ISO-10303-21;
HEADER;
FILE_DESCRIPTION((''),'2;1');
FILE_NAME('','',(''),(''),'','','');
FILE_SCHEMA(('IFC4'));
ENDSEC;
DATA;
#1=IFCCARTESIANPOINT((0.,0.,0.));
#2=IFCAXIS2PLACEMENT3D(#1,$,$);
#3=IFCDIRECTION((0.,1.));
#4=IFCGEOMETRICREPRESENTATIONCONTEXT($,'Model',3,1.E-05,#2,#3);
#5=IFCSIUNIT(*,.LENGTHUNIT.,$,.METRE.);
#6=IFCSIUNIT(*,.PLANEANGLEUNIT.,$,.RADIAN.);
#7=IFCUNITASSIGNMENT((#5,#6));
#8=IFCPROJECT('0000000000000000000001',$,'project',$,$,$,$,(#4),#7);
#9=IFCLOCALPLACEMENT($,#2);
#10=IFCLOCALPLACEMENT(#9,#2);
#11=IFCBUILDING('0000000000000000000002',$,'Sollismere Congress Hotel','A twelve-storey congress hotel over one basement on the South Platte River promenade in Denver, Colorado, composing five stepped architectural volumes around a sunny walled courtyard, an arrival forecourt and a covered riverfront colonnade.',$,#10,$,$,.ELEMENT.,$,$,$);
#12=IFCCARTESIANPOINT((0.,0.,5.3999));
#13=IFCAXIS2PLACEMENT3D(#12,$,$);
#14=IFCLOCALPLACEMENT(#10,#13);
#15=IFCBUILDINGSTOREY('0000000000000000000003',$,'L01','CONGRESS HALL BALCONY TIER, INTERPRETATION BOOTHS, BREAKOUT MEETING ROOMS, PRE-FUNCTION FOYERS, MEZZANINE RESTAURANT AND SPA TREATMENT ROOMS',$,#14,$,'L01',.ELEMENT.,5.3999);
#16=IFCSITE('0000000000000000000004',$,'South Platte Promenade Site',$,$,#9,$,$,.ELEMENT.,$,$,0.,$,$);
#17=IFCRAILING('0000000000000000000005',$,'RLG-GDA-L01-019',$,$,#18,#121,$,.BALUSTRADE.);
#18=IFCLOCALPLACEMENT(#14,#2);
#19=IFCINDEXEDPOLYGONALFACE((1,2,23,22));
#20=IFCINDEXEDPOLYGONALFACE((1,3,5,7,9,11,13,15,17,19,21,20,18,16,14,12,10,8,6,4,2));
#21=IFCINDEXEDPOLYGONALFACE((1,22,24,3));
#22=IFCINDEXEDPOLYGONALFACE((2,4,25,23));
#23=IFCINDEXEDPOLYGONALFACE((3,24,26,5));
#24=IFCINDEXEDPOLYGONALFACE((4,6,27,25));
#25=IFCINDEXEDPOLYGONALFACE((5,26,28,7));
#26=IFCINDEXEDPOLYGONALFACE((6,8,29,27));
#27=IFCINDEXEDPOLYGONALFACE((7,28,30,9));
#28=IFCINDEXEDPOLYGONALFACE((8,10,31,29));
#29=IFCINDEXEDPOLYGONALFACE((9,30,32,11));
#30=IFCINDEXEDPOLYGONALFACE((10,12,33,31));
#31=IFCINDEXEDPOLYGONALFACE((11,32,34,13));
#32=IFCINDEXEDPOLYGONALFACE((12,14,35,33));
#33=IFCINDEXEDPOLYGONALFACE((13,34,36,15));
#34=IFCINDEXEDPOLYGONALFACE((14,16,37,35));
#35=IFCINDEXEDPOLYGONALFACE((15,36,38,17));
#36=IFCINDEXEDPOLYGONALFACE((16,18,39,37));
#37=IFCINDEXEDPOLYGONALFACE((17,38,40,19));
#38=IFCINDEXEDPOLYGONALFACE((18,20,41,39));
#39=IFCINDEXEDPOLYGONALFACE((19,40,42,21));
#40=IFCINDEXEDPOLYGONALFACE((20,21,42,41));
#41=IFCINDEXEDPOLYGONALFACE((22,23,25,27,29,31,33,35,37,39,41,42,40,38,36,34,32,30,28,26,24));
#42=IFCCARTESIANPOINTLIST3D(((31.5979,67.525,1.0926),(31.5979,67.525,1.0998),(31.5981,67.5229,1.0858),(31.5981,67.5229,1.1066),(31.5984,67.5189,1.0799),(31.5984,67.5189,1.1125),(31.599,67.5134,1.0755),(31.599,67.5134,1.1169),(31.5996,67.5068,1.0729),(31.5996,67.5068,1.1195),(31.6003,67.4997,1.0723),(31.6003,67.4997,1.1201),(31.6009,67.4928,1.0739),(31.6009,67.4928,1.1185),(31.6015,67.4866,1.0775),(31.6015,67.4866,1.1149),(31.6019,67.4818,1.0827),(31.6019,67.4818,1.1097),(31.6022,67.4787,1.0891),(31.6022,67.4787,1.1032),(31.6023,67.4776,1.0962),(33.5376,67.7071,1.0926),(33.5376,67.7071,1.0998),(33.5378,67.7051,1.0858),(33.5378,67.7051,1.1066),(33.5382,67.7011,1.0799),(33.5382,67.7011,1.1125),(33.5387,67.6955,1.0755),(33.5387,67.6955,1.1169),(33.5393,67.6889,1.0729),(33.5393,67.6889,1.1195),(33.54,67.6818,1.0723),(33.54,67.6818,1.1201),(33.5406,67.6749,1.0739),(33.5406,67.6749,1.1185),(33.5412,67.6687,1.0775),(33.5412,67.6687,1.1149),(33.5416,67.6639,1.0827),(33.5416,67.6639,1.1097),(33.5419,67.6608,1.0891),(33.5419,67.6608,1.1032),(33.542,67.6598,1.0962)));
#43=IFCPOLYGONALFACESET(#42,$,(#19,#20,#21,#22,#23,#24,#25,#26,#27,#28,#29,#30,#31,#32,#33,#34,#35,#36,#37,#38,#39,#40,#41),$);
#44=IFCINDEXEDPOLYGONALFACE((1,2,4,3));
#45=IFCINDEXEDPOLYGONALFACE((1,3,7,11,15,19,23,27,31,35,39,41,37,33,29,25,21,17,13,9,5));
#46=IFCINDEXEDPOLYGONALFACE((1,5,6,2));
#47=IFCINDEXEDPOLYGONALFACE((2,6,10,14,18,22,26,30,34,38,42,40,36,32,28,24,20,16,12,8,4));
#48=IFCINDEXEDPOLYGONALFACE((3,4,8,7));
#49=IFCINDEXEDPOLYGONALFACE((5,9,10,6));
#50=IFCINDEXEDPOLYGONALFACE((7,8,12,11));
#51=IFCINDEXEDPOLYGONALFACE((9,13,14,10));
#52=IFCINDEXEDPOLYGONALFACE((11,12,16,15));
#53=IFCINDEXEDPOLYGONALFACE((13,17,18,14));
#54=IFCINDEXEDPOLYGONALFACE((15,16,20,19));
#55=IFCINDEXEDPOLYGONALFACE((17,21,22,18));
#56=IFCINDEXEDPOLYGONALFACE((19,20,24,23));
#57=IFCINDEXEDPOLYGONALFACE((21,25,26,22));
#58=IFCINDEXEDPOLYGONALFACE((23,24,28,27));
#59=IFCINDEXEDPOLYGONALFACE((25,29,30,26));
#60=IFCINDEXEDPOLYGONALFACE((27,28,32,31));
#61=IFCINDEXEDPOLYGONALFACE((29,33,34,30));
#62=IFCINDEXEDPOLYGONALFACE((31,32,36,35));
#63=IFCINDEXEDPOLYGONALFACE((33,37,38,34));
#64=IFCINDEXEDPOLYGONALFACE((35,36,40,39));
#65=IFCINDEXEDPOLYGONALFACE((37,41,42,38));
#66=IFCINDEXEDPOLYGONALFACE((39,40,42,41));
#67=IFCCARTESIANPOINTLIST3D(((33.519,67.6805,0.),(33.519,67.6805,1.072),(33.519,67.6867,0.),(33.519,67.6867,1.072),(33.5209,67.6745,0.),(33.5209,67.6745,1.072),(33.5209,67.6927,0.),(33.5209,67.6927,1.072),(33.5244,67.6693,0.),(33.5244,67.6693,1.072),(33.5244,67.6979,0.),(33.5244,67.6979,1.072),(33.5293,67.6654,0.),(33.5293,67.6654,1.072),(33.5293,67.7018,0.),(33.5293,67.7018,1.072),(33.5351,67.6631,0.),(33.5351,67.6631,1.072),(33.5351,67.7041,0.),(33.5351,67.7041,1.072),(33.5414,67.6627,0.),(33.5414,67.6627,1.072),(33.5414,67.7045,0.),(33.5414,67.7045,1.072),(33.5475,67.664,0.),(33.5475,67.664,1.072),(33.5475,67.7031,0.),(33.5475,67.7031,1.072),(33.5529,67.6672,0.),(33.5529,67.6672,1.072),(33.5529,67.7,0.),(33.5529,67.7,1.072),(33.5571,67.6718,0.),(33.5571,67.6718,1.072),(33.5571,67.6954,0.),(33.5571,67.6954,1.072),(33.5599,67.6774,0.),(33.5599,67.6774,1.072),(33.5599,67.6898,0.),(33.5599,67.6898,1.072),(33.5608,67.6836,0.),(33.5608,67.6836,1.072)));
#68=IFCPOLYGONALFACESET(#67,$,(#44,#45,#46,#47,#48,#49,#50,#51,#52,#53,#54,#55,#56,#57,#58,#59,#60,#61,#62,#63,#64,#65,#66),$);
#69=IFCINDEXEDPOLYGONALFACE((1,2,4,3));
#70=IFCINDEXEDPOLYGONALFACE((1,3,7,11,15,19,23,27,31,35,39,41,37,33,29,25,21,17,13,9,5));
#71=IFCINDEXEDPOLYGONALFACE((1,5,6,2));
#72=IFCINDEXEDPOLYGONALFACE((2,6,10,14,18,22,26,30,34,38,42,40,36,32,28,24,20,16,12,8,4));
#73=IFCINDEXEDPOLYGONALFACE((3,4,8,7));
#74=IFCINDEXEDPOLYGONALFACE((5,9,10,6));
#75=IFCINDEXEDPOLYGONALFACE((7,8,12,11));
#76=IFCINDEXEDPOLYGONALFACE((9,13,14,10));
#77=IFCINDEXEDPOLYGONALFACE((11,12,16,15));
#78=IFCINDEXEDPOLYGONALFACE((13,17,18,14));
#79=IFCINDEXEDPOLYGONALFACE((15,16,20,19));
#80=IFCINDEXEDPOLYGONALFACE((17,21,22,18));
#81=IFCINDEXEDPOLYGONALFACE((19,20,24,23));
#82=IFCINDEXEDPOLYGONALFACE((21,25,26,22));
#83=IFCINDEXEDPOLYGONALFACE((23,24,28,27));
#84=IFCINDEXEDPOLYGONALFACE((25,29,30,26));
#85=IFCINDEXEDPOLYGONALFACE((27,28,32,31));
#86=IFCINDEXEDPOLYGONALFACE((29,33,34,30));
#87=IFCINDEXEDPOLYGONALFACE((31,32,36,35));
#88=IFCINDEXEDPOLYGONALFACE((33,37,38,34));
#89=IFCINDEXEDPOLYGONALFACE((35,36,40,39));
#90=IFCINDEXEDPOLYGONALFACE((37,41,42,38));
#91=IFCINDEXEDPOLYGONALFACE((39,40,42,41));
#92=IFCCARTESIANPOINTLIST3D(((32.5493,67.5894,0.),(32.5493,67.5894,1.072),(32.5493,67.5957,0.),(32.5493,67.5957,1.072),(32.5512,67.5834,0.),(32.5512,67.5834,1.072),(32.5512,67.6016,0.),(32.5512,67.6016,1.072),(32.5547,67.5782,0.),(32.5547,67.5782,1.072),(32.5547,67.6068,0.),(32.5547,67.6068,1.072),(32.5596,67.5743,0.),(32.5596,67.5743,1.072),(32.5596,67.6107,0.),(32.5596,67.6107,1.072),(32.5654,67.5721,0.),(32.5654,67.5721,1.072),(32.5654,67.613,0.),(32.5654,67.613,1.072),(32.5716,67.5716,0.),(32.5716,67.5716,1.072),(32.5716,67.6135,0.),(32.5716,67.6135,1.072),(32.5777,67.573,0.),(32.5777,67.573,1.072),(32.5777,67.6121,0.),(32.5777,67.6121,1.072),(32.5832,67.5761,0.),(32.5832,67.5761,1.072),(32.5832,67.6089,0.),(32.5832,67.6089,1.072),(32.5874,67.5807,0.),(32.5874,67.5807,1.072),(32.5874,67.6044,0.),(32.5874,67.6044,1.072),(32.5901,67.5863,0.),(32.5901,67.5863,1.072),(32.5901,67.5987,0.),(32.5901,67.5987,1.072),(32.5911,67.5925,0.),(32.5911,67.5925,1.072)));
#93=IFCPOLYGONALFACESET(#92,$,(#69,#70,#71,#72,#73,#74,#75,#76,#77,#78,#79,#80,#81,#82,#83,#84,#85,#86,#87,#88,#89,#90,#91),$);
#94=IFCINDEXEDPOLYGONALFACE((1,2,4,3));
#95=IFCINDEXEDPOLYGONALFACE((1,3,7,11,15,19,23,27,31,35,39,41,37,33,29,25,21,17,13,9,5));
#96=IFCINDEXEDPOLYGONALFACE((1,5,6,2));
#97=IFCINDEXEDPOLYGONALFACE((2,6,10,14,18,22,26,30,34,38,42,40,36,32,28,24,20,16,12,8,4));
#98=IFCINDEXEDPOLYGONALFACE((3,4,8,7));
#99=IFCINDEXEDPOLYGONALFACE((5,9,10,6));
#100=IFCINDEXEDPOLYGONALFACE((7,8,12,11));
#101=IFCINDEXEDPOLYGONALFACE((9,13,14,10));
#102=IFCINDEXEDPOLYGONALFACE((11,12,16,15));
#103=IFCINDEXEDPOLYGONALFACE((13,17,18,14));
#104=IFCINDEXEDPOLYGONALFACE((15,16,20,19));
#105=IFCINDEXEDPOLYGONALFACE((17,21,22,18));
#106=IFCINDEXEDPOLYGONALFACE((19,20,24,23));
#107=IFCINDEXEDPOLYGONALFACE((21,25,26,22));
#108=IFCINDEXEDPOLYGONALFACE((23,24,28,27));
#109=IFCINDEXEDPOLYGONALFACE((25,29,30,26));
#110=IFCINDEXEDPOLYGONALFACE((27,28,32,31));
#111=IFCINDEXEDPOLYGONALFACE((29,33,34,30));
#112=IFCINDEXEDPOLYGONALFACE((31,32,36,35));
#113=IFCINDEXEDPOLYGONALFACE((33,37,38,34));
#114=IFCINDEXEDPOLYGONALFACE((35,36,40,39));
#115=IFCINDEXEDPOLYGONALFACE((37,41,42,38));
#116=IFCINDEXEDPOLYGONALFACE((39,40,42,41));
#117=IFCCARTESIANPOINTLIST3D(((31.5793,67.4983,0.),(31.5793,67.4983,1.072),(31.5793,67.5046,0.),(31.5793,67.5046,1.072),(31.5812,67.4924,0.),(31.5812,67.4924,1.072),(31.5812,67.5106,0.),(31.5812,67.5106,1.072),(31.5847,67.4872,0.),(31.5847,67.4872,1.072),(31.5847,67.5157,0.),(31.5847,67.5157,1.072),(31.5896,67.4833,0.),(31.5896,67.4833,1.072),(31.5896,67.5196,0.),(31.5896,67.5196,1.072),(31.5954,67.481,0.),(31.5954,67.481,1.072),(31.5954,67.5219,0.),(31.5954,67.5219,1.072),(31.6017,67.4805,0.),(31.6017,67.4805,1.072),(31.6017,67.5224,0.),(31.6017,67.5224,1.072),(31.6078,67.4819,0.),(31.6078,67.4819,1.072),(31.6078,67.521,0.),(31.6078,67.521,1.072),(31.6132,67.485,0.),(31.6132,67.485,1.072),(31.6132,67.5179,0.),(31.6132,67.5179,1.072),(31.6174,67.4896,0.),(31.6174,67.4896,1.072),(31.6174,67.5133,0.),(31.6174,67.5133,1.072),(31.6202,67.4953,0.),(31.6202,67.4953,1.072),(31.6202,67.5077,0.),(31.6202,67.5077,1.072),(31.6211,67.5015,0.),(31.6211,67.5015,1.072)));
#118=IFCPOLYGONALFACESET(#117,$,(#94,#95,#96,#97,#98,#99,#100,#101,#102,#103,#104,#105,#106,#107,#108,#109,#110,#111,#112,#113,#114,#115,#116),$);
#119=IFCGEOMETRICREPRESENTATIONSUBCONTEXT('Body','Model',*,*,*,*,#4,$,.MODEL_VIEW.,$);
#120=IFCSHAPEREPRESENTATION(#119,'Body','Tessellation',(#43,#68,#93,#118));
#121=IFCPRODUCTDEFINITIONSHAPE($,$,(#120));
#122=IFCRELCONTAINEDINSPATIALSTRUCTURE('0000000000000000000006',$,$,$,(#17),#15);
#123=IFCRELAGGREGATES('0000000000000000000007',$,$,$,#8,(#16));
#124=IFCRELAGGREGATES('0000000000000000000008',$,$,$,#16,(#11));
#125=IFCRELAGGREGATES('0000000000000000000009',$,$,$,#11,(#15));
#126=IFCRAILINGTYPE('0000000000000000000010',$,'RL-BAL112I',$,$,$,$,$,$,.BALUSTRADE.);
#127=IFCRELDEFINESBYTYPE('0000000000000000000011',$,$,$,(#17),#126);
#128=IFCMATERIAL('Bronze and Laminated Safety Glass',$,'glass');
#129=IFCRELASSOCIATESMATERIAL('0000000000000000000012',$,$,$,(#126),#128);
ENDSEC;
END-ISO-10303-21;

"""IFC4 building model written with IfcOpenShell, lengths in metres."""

from ifc_helpers import new_model, si_unit, direction, frame, origin, origin_2d, place, context, subcontext, project, spatial, circle, extrude, material, type_object, element, save


model = new_model("IFC4")

# Units and contexts
model_context = context("Model", 3, precision=1e-05, world=origin(), true_north=direction((0.0, 1.0)))
body_context = subcontext(model_context, "Body", "Model", "MODEL_VIEW")
ifc_project = project(units=[si_unit("LENGTHUNIT", "METRE"), si_unit("PLANEANGLEUNIT", "RADIAN")], contexts=[model_context])

# Site, building, storey
site_placement = place(None, origin())
site = spatial("IfcSite", under=ifc_project, at=site_placement, Name="South Platte Promenade Site", CompositionType="ELEMENT", RefElevation=0.0)
building_placement = place(site_placement, origin())
building = spatial("IfcBuilding", under=site, at=building_placement, Name="Sollismere Congress Hotel", Description="A twelve-storey congress hotel over one basement on the South Platte River promenade in Denver, Colorado, composing five stepped architectural volumes around a sunny walled courtyard, an arrival forecourt and a covered riverfront colonnade.", CompositionType="ELEMENT")
storey_placement = place(building_placement, frame((0.0, 0.0, 5.3999)))
storey = spatial("IfcBuildingStorey", under=building, at=storey_placement, Name="L01", Description="CONGRESS HALL BALCONY TIER, INTERPRETATION BOOTHS, BREAKOUT MEETING ROOMS, PRE-FUNCTION FOYERS, MEZZANINE RESTAURANT AND SPA TREATMENT ROOMS", LongName="L01", CompositionType="ELEMENT", Elevation=5.3999)

# Railing
ifc_material_1 = material(Name="Bronze and Laminated Safety Glass", Category="glass")
railing_type = type_object("IfcRailingType", Name="RL-BAL112I", PredefinedType="BALUSTRADE", material=ifc_material_1)
railing_1_placement = place(storey_placement, frame((33.5398, 67.6836, 0.0)))
element("IfcRailing", 1, at=railing_1_placement, inside=storey, type_object=railing_type, Name="RLG-GDA-L01-019", PredefinedType="BALUSTRADE", context=body_context, shape_type="SweptSolid", body=[
    extrude(circle(Radius=0.0239, at=origin_2d()), frame((0.0, 0.0, 1.0962), z_axis=(-0.995621, -0.093484, 0.0), x_axis=(0.093484, -0.995621, 0.0)), (0.0, 0.0, 1.0), 1.9482),
    extrude(circle(Radius=0.021, at=origin_2d()), origin(), (0.0, 0.0, 1.0), 1.072),
    extrude(circle(Radius=0.021, at=origin_2d()), frame((-0.9697, -0.0911, 0.0)), (0.0, 0.0, 1.0), 1.072),
    extrude(circle(Radius=0.021, at=origin_2d()), frame((-1.9397, -0.1821, 0.0)), (0.0, 0.0, 1.0), 1.072),
])

save(model, "model.ifc")
